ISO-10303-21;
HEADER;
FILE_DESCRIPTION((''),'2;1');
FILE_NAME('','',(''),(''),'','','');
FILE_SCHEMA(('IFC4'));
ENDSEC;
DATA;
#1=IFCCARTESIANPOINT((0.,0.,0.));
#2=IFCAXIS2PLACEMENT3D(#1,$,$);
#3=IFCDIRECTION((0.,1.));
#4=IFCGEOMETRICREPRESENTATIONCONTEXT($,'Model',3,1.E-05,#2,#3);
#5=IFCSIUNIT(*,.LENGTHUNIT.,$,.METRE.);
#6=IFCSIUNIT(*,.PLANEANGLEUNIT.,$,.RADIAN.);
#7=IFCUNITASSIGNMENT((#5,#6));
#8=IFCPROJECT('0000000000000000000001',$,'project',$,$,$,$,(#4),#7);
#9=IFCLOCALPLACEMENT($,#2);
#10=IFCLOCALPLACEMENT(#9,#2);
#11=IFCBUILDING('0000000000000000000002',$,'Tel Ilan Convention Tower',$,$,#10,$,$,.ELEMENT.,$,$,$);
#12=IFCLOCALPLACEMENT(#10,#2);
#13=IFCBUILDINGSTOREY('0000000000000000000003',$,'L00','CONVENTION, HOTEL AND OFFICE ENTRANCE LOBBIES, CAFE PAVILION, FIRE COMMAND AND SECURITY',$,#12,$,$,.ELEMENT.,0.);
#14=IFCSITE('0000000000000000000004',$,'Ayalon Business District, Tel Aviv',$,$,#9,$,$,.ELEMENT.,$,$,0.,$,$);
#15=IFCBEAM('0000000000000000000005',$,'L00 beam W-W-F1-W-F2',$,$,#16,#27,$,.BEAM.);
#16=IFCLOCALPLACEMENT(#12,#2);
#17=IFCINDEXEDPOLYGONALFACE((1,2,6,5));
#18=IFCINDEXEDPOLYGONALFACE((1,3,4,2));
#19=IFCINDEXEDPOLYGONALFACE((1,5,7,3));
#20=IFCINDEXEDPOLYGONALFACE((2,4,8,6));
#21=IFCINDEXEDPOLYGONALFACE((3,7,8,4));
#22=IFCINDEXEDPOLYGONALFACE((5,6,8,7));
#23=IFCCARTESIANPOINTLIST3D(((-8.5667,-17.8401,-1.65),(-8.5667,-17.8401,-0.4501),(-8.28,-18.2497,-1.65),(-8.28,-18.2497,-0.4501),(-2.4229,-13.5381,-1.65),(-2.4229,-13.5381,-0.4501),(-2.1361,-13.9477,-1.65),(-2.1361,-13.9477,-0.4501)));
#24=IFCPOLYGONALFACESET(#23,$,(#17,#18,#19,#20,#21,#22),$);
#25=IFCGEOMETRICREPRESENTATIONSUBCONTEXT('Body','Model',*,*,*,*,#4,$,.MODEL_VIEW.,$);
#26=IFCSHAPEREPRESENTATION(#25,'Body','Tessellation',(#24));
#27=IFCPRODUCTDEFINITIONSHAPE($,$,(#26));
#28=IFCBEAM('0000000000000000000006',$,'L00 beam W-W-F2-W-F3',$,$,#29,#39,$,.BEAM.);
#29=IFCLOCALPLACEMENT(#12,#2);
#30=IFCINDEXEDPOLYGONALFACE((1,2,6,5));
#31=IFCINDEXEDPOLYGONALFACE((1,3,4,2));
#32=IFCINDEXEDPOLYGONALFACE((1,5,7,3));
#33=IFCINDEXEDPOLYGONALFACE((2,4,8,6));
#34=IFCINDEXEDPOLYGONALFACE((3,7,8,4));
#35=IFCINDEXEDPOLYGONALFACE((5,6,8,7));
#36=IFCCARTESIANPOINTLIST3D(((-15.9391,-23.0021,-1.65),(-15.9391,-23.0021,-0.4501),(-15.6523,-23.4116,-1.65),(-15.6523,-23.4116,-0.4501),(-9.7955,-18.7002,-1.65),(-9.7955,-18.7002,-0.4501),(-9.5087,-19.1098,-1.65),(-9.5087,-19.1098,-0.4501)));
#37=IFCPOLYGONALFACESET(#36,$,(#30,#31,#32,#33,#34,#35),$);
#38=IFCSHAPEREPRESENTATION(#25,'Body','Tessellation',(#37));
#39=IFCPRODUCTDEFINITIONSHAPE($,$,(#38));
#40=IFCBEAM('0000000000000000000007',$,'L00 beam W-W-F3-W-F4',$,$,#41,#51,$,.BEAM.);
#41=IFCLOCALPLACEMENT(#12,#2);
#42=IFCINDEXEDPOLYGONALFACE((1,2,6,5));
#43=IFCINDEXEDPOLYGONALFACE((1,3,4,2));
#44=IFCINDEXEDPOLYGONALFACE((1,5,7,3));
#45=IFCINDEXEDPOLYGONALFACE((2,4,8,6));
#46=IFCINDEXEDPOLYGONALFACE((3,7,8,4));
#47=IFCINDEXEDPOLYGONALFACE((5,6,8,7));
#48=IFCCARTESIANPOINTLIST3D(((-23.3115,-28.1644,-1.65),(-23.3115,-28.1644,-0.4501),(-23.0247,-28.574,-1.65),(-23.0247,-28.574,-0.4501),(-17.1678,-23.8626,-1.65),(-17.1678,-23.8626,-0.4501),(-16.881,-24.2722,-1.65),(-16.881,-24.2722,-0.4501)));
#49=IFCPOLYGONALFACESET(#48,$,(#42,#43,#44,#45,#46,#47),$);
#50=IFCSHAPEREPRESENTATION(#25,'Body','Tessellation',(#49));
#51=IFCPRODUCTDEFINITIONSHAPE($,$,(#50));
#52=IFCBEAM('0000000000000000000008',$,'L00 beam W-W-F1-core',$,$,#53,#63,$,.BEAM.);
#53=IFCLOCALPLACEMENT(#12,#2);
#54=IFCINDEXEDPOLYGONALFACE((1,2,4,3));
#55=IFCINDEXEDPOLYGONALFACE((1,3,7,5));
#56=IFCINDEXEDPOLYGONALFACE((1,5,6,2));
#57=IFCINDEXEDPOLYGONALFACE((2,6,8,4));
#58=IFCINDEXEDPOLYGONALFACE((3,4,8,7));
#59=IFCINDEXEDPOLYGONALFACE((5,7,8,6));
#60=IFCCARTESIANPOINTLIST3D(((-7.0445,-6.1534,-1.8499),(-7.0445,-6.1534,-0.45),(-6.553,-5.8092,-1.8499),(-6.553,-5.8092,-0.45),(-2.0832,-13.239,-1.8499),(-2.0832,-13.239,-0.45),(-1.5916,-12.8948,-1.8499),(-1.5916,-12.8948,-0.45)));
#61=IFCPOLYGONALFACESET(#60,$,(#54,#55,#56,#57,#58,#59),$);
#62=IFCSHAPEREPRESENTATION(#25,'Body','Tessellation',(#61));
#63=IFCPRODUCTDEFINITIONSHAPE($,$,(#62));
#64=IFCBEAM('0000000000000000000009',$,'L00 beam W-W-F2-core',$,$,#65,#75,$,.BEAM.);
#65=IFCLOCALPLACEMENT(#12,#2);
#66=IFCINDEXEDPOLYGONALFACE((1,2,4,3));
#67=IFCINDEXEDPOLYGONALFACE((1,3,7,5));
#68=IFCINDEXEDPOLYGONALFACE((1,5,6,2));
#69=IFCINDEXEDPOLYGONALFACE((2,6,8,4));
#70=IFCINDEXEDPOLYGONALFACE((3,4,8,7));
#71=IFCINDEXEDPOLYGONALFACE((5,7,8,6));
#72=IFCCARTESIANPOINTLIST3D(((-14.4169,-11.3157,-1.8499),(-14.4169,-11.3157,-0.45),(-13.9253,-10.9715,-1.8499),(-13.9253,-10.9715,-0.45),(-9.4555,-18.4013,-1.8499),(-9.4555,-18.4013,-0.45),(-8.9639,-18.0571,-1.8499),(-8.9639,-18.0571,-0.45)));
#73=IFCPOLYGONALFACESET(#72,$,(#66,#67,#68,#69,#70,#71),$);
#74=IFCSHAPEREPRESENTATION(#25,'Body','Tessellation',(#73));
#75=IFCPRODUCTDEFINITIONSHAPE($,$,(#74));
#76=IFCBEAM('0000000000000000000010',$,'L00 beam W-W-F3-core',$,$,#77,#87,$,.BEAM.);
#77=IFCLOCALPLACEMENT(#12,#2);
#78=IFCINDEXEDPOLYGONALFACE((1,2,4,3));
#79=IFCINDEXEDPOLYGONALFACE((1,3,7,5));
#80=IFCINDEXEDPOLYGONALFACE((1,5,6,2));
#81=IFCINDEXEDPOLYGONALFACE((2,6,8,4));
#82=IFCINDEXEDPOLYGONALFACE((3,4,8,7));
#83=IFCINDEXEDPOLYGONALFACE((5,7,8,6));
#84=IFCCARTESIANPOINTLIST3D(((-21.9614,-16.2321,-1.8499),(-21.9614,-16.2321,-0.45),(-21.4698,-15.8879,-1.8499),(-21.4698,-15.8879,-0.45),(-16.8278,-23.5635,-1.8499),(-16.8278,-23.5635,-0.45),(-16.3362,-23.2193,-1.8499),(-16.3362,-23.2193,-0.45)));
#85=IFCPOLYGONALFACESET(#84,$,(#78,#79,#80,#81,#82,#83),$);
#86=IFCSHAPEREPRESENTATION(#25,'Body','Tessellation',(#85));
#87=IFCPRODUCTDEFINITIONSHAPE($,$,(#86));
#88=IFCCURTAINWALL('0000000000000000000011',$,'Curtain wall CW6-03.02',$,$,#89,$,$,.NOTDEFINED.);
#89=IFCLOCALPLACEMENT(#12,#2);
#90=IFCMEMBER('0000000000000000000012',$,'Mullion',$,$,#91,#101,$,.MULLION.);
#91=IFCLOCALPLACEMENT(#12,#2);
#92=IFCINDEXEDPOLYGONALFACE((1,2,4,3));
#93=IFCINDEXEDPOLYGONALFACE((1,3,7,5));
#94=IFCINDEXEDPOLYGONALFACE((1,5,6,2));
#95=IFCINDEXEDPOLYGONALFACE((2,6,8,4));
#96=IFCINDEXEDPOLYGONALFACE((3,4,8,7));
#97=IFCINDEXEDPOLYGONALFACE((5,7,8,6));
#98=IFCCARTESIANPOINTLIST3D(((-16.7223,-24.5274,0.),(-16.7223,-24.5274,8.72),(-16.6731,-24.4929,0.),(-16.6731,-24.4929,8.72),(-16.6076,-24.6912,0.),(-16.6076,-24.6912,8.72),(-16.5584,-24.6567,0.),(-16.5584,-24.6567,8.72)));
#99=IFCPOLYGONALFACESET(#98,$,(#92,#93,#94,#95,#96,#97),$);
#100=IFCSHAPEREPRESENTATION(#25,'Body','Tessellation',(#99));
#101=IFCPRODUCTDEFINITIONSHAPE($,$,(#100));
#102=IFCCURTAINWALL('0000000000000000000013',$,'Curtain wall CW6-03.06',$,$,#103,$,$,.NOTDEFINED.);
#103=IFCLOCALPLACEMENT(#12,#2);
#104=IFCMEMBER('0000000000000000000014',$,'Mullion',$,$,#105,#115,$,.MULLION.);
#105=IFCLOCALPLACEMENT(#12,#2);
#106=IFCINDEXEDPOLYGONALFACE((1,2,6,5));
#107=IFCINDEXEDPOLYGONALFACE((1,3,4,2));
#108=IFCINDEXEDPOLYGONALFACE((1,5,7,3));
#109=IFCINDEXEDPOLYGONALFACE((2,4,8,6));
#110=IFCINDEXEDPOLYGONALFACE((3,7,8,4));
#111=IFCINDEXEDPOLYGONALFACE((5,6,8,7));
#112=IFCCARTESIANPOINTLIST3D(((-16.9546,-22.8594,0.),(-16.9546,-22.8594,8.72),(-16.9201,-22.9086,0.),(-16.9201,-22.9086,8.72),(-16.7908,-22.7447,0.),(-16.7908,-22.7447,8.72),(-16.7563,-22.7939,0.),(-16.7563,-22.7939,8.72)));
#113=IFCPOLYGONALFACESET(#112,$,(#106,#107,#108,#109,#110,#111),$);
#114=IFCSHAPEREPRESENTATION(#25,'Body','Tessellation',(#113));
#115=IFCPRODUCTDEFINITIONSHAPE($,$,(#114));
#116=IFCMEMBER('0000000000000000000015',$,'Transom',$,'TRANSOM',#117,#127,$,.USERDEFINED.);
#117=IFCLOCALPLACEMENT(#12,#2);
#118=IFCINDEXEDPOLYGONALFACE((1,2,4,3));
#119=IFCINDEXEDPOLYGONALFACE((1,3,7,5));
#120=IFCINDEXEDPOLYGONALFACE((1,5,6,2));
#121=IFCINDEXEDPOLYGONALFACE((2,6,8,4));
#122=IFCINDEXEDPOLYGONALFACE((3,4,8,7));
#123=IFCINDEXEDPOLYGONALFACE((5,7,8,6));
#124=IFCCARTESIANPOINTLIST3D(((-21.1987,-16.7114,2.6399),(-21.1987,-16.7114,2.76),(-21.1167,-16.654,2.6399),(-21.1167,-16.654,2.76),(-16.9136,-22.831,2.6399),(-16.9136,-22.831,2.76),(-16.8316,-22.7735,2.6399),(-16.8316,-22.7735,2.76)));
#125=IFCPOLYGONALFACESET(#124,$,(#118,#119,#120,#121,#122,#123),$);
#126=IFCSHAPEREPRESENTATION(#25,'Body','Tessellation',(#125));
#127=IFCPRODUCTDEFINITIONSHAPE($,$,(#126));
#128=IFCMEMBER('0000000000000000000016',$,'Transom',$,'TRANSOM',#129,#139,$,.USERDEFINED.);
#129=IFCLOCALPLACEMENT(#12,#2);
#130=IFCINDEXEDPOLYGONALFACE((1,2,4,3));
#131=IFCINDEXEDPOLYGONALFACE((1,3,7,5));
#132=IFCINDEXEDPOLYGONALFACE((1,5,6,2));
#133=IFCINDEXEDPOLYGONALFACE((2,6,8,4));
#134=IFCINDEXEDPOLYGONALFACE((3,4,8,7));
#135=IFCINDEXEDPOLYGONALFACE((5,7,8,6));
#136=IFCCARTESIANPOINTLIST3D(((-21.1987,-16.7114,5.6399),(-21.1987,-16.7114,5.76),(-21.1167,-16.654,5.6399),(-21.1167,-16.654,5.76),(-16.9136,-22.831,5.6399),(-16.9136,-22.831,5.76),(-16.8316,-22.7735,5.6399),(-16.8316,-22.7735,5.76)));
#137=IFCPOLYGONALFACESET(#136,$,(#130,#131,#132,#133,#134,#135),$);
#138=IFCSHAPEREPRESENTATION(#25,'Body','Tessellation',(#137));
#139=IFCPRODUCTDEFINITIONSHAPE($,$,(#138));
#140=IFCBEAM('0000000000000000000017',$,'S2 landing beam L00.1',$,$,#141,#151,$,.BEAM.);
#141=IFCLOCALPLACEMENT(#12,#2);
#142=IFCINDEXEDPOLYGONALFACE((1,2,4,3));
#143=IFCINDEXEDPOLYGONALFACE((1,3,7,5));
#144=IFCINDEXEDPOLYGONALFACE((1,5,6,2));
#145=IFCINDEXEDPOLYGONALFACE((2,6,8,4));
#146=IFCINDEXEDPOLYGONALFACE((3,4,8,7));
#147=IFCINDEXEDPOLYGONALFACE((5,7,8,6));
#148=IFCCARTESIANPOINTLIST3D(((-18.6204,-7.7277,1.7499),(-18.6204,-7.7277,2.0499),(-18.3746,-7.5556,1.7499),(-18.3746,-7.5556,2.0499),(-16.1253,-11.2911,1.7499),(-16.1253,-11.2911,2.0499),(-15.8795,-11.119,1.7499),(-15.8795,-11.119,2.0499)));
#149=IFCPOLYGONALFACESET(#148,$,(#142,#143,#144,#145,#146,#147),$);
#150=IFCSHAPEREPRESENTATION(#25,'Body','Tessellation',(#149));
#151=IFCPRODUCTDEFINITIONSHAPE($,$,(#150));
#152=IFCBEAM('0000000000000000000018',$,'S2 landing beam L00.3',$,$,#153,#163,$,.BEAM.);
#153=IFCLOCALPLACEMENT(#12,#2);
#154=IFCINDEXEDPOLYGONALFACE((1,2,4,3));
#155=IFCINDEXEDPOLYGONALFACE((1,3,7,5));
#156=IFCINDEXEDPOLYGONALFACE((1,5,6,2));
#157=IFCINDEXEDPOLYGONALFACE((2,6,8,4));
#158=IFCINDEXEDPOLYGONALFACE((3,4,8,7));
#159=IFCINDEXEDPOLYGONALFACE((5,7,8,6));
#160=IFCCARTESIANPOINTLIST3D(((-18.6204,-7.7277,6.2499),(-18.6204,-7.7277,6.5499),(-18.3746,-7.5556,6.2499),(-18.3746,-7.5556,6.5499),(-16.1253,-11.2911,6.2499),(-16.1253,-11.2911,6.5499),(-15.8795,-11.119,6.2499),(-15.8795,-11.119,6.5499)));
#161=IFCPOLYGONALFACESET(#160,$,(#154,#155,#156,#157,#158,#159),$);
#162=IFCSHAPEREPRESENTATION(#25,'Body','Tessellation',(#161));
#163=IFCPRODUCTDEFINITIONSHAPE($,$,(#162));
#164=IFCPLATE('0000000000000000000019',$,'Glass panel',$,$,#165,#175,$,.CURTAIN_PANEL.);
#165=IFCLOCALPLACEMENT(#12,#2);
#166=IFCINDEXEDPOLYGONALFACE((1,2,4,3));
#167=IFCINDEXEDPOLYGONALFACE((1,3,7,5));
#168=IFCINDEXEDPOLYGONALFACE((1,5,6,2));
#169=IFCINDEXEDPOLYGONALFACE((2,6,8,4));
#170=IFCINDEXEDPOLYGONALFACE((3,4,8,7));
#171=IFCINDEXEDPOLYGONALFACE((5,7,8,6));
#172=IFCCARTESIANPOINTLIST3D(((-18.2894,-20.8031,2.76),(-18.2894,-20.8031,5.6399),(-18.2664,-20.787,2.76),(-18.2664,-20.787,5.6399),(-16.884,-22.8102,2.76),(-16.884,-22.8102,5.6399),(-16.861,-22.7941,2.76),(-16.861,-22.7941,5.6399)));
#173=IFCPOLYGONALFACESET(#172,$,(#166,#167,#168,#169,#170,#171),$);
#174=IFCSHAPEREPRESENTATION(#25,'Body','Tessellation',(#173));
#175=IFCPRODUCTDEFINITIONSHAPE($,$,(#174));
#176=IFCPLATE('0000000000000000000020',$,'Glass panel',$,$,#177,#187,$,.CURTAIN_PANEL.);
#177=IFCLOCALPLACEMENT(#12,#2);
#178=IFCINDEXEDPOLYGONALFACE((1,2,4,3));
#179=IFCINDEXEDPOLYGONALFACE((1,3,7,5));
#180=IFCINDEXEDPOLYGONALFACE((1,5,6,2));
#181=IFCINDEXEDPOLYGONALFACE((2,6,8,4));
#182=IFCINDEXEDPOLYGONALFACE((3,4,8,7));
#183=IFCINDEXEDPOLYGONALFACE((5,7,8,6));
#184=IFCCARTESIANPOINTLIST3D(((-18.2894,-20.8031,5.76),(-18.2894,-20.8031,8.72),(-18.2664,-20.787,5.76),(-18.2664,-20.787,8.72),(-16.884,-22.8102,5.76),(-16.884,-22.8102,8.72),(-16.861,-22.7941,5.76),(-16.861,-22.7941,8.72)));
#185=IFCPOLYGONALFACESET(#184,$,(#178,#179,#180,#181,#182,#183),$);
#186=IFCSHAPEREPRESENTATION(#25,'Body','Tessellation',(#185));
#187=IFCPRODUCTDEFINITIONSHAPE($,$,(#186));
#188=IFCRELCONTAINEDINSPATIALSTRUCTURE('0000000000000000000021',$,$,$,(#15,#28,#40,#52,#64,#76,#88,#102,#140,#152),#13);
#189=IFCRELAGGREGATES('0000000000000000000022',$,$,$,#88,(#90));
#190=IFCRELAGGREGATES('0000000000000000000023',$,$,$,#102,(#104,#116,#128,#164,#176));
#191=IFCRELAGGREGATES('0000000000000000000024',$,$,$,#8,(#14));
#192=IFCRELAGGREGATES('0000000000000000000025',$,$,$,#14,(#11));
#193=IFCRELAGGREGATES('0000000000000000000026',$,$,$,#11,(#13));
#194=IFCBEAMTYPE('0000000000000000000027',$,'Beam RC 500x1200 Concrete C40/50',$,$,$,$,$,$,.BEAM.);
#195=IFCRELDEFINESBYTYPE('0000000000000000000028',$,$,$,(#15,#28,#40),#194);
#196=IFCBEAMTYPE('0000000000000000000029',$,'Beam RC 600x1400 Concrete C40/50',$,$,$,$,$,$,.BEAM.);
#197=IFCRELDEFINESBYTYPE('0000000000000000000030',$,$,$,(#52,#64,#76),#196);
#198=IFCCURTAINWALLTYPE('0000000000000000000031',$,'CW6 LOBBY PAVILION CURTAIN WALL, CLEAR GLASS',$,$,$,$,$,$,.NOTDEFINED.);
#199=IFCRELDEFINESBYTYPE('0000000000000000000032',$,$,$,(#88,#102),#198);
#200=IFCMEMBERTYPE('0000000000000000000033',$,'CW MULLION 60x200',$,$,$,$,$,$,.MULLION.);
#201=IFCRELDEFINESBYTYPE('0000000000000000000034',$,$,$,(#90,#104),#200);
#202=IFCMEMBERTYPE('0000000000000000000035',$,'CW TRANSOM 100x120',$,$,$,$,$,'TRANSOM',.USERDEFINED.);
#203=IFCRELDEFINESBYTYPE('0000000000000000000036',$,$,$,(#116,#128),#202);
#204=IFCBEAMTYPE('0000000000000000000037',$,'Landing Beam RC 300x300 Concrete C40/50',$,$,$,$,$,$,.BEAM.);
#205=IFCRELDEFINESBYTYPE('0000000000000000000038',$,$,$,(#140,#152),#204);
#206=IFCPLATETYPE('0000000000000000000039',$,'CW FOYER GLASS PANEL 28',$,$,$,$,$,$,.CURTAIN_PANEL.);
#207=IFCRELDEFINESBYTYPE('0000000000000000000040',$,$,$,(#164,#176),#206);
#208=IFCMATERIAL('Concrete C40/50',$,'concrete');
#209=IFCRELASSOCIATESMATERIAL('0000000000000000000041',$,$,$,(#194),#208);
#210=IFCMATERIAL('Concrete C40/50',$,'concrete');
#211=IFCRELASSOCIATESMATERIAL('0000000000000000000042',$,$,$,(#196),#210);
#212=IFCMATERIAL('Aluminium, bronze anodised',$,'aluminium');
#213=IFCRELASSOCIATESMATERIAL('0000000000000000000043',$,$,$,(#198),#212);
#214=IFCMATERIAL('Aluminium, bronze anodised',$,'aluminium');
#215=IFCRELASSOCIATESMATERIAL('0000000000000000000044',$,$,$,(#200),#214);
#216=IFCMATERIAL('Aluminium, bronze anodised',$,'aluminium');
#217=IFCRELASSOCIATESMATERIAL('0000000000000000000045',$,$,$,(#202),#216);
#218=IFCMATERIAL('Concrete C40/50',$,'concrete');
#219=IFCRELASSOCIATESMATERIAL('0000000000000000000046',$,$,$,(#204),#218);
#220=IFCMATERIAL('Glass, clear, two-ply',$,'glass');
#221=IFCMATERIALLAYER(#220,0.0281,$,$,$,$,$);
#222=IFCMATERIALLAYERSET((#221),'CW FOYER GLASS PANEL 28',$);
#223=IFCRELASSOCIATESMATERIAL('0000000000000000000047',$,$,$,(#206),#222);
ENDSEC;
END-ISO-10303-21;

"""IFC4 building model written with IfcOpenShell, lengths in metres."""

from ifc_helpers import new_model, si_unit, direction, frame, origin, origin_2d, place, context, subcontext, project, spatial, rectangle, extrude, material, layer, layer_set, material_profile, profile_set, type_object, element, aggregate, save


model = new_model("IFC4")

# Units and contexts
model_context = context("Model", 3, precision=1e-05, world=origin(), true_north=direction((0.0, 1.0)))
body_context = subcontext(model_context, "Body", "Model", "MODEL_VIEW")
ifc_project = project(units=[si_unit("LENGTHUNIT", "METRE"), si_unit("PLANEANGLEUNIT", "RADIAN")], contexts=[model_context])

# Site, building, storey
site_placement = place(None, origin())
site = spatial("IfcSite", under=ifc_project, at=site_placement, Name="Ayalon Business District, Tel Aviv", CompositionType="ELEMENT", RefElevation=0.0)
building_placement = place(site_placement, origin())
building = spatial("IfcBuilding", under=site, at=building_placement, Name="Tel Ilan Convention Tower", CompositionType="ELEMENT")
storey_placement = place(building_placement, origin())
storey = spatial("IfcBuildingStorey", under=building, at=storey_placement, Name="L00", Description="CONVENTION, HOTEL AND OFFICE ENTRANCE LOBBIES, CAFE PAVILION, FIRE COMMAND AND SECURITY", CompositionType="ELEMENT", Elevation=0.0)

# Beams
ifc_material_1 = material(Name="Concrete C40/50", Category="concrete")
ifc_material_profile_1 = material_profile(ifc_material_1, rectangle(XDim=0.5, YDim=1.2, at=origin_2d()), Name="RC 500x1200")
ifc_profile_set_1 = profile_set([ifc_material_profile_1], Name="Concrete C40/50")
beam_type_1 = type_object("IfcBeamType", Name="Beam RC 500x1200 Concrete C40/50", PredefinedType="BEAM", material=ifc_profile_set_1)
beam_1_placement = place(storey_placement, frame((-2.2795, -13.7429, -1.05), z_axis=(-0.819148, -0.573582, 0.0), x_axis=(0.573582, -0.819148, 0.0)))
element("IfcBeam", 1, at=beam_1_placement, inside=storey, type_object=beam_type_1, Name="L00 beam W-W-F1-W-F2", PredefinedType="BEAM", context=body_context, shape_type="SweptSolid", body=[
    extrude(rectangle(XDim=0.5, YDim=1.2, at=origin_2d()), origin(), (0.0, 0.0, 1.0), 7.5002),
])
for number, where, z_axis, x_axis, name in (
    (2, (-9.6521, -18.905, -1.05), (-0.819152, -0.573576, 0.0), (0.573576, -0.819152, 0.0), "L00 beam W-W-F2-W-F3"),
    (3, (-17.0244, -24.0674, -1.05), (-0.819152, -0.573576, 0.0), (0.573576, -0.819152, 0.0), "L00 beam W-W-F3-W-F4"),
):
    element("IfcBeam", number, at=place(storey_placement, frame(where, z_axis=z_axis, x_axis=x_axis)), inside=storey, type_object=beam_type_1, Name=name, PredefinedType="BEAM", context=body_context, shape_type="SweptSolid", body=[
        extrude(rectangle(XDim=0.5, YDim=1.2, at=origin_2d()), origin(), (0.0, 0.0, 1.0), 7.5),
    ])
ifc_material_2 = material(Name="Concrete C40/50", Category="concrete")
ifc_material_profile_2 = material_profile(ifc_material_2, rectangle(XDim=0.6001, YDim=1.3999, at=origin_2d()), Name="RC 600x1400")
ifc_profile_set_2 = profile_set([ifc_material_profile_2], Name="Concrete C40/50")
beam_type_2 = type_object("IfcBeamType", Name="Beam RC 600x1400 Concrete C40/50", PredefinedType="BEAM", material=ifc_profile_set_2)
for number, where, z_axis, x_axis, name in (
    (4, (-1.8374, -13.0669, -1.1499), (-0.573574, 0.819154, 0.0), (-0.819154, -0.573574, 0.0), "L00 beam W-W-F1-core"),
    (5, (-9.2097, -18.2292, -1.1499), (-0.573574, 0.819154, 0.0), (-0.819154, -0.573574, 0.0), "L00 beam W-W-F2-core"),
):
    element("IfcBeam", number, at=place(storey_placement, frame(where, z_axis=z_axis, x_axis=x_axis)), inside=storey, type_object=beam_type_2, Name=name, PredefinedType="BEAM", context=body_context, shape_type="SweptSolid", body=[
        extrude(rectangle(XDim=0.6001, YDim=1.3999, at=origin_2d()), origin(), (0.0, 0.0, 1.0), 8.6499),
    ])
beam_2_placement = place(storey_placement, frame((-16.582, -23.3914, -1.1499), z_axis=(-0.573585, 0.819146, 0.0), x_axis=(-0.819146, -0.573585, 0.0)))
element("IfcBeam", 6, at=beam_2_placement, inside=storey, type_object=beam_type_2, Name="L00 beam W-W-F3-core", PredefinedType="BEAM", context=body_context, shape_type="SweptSolid", body=[
    extrude(rectangle(XDim=0.6001, YDim=1.3999, at=origin_2d()), origin(), (0.0, 0.0, 1.0), 8.95),
])

# Curtain wall, member
ifc_material_3 = material(Name="Aluminium, bronze anodised", Category="aluminium")
curtain_wall_type = type_object("IfcCurtainWallType", Name="CW6 LOBBY PAVILION CURTAIN WALL, CLEAR GLASS", PredefinedType="NOTDEFINED", material=ifc_material_3)
curtain_wall_1_placement = place(storey_placement, origin())
curtain_wall_1 = element("IfcCurtainWall", 7, at=curtain_wall_1_placement, inside=storey, type_object=curtain_wall_type, Name="Curtain wall CW6-03.02", PredefinedType="NOTDEFINED")
ifc_material_4 = material(Name="Aluminium, bronze anodised", Category="aluminium")
ifc_material_profile_3 = material_profile(ifc_material_4, rectangle(XDim=0.0601, YDim=0.2, at=origin_2d()), Name="CW MULLION 60x200")
ifc_profile_set_3 = profile_set([ifc_material_profile_3], Name="Aluminium, bronze anodised")
member_type_1 = type_object("IfcMemberType", Name="CW MULLION 60x200", PredefinedType="MULLION", material=ifc_profile_set_3)
member_1_placement = place(storey_placement, frame((-16.6404, -24.592, 0.0), z_axis=(0.0, 0.0, 1.0), x_axis=(0.819152, 0.573576, 0.0)))
member_1 = element("IfcMember", 8, at=member_1_placement, type_object=member_type_1, Name="Mullion", PredefinedType="MULLION", context=body_context, shape_type="SweptSolid", body=[
    extrude(rectangle(XDim=0.0601, YDim=0.2, at=origin_2d()), origin(), (0.0, 0.0, 1.0), 8.72),
])
aggregate(curtain_wall_1, [member_1])

# Curtain wall, members
curtain_wall_2_placement = place(storey_placement, origin())
curtain_wall_2 = element("IfcCurtainWall", 9, at=curtain_wall_2_placement, inside=storey, type_object=curtain_wall_type, Name="Curtain wall CW6-03.06", PredefinedType="NOTDEFINED")
member_2_placement = place(storey_placement, frame((-16.8555, -22.8267, 0.0), z_axis=(0.0, 0.0, 1.0), x_axis=(-0.573576, 0.819152, 0.0)))
member_2 = element("IfcMember", 10, at=member_2_placement, type_object=member_type_1, Name="Mullion", PredefinedType="MULLION", context=body_context, shape_type="SweptSolid", body=[
    extrude(rectangle(XDim=0.0601, YDim=0.2, at=origin_2d()), origin(), (0.0, 0.0, 1.0), 8.72),
])
ifc_material_5 = material(Name="Aluminium, bronze anodised", Category="aluminium")
ifc_material_profile_4 = material_profile(ifc_material_5, rectangle(XDim=0.1001, YDim=0.1201, at=origin_2d()), Name="CW TRANSOM 100x120")
ifc_profile_set_4 = profile_set([ifc_material_profile_4], Name="Aluminium, bronze anodised")
member_type_2 = type_object("IfcMemberType", Name="CW TRANSOM 100x120", ElementType="TRANSOM", PredefinedType="USERDEFINED", material=ifc_profile_set_4)
member_3_placement = place(storey_placement, frame((-16.8726, -22.8022, 2.7), z_axis=(-0.57359, 0.819143, 0.0), x_axis=(-0.819143, -0.57359, 0.0)))
member_3 = element("IfcMember", 11, at=member_3_placement, type_object=member_type_2, Name="Transom", ObjectType="TRANSOM", PredefinedType="USERDEFINED", context=body_context, shape_type="SweptSolid", body=[
    extrude(rectangle(XDim=0.1001, YDim=0.1201, at=origin_2d()), origin(), (0.0, 0.0, 1.0), 7.4707),
])
member_4_placement = place(storey_placement, frame((-16.8726, -22.8022, 5.7), z_axis=(-0.57359, 0.819143, 0.0), x_axis=(-0.819143, -0.57359, 0.0)))
member_4 = element("IfcMember", 12, at=member_4_placement, type_object=member_type_2, Name="Transom", ObjectType="TRANSOM", PredefinedType="USERDEFINED", context=body_context, shape_type="SweptSolid", body=[
    extrude(rectangle(XDim=0.1001, YDim=0.1201, at=origin_2d()), origin(), (0.0, 0.0, 1.0), 7.4707),
])

# Beams
ifc_material_6 = material(Name="Concrete C40/50", Category="concrete")
ifc_material_profile_5 = material_profile(ifc_material_6, rectangle(XDim=0.3, YDim=0.3, at=origin_2d()), Name="RC 300x300")
ifc_profile_set_5 = profile_set([ifc_material_profile_5], Name="Concrete C40/50")
beam_type_3 = type_object("IfcBeamType", Name="Landing Beam RC 300x300 Concrete C40/50", PredefinedType="BEAM", material=ifc_profile_set_5)
for number, where, z_axis, x_axis, name in (
    (13, (-16.0024, -11.2051, 1.8999), (-0.573568, 0.819158, 0.0), (-0.819158, -0.573568, 0.0), "S2 landing beam L00.1"),
    (14, (-16.0024, -11.2051, 6.3999), (-0.573568, 0.819158, 0.0), (-0.819158, -0.573568, 0.0), "S2 landing beam L00.3"),
):
    element("IfcBeam", number, at=place(storey_placement, frame(where, z_axis=z_axis, x_axis=x_axis)), inside=storey, type_object=beam_type_3, Name=name, PredefinedType="BEAM", context=body_context, shape_type="SweptSolid", body=[
        extrude(rectangle(XDim=0.3, YDim=0.3, at=origin_2d()), origin(), (0.0, 0.0, 1.0), 4.3501),
    ])

# Plates
ifc_material_7 = material(Name="Glass, clear, two-ply", Category="glass")
ifc_layer_1 = layer(ifc_material_7, 0.0281)
ifc_layer_set_1 = layer_set([ifc_layer_1], Name="CW FOYER GLASS PANEL 28")
plate_type = type_object("IfcPlateType", Name="CW FOYER GLASS PANEL 28", PredefinedType="CURTAIN_PANEL", material=ifc_layer_set_1)
plate_1_placement = place(storey_placement, frame((-17.5752, -21.7986, 2.76), z_axis=(0.0, 0.0, 1.0), x_axis=(-0.573576, 0.819152, 0.0)))
plate_1 = element("IfcPlate", 15, at=plate_1_placement, type_object=plate_type, Name="Glass panel", PredefinedType="CURTAIN_PANEL", context=body_context, shape_type="SweptSolid", body=[
    extrude(rectangle(XDim=2.4502, YDim=0.0281, at=origin_2d()), origin(), (0.0, 0.0, 1.0), 2.8799),
])
plate_2_placement = place(storey_placement, frame((-17.5752, -21.7986, 5.76), z_axis=(0.0, 0.0, 1.0), x_axis=(-0.573576, 0.819152, 0.0)))
plate_2 = element("IfcPlate", 16, at=plate_2_placement, type_object=plate_type, Name="Glass panel", PredefinedType="CURTAIN_PANEL", context=body_context, shape_type="SweptSolid", body=[
    extrude(rectangle(XDim=2.4502, YDim=0.0281, at=origin_2d()), origin(), (0.0, 0.0, 1.0), 2.96),
])
aggregate(curtain_wall_2, [member_2, member_3, member_4, plate_1, plate_2])

save(model, "model.ifc")
